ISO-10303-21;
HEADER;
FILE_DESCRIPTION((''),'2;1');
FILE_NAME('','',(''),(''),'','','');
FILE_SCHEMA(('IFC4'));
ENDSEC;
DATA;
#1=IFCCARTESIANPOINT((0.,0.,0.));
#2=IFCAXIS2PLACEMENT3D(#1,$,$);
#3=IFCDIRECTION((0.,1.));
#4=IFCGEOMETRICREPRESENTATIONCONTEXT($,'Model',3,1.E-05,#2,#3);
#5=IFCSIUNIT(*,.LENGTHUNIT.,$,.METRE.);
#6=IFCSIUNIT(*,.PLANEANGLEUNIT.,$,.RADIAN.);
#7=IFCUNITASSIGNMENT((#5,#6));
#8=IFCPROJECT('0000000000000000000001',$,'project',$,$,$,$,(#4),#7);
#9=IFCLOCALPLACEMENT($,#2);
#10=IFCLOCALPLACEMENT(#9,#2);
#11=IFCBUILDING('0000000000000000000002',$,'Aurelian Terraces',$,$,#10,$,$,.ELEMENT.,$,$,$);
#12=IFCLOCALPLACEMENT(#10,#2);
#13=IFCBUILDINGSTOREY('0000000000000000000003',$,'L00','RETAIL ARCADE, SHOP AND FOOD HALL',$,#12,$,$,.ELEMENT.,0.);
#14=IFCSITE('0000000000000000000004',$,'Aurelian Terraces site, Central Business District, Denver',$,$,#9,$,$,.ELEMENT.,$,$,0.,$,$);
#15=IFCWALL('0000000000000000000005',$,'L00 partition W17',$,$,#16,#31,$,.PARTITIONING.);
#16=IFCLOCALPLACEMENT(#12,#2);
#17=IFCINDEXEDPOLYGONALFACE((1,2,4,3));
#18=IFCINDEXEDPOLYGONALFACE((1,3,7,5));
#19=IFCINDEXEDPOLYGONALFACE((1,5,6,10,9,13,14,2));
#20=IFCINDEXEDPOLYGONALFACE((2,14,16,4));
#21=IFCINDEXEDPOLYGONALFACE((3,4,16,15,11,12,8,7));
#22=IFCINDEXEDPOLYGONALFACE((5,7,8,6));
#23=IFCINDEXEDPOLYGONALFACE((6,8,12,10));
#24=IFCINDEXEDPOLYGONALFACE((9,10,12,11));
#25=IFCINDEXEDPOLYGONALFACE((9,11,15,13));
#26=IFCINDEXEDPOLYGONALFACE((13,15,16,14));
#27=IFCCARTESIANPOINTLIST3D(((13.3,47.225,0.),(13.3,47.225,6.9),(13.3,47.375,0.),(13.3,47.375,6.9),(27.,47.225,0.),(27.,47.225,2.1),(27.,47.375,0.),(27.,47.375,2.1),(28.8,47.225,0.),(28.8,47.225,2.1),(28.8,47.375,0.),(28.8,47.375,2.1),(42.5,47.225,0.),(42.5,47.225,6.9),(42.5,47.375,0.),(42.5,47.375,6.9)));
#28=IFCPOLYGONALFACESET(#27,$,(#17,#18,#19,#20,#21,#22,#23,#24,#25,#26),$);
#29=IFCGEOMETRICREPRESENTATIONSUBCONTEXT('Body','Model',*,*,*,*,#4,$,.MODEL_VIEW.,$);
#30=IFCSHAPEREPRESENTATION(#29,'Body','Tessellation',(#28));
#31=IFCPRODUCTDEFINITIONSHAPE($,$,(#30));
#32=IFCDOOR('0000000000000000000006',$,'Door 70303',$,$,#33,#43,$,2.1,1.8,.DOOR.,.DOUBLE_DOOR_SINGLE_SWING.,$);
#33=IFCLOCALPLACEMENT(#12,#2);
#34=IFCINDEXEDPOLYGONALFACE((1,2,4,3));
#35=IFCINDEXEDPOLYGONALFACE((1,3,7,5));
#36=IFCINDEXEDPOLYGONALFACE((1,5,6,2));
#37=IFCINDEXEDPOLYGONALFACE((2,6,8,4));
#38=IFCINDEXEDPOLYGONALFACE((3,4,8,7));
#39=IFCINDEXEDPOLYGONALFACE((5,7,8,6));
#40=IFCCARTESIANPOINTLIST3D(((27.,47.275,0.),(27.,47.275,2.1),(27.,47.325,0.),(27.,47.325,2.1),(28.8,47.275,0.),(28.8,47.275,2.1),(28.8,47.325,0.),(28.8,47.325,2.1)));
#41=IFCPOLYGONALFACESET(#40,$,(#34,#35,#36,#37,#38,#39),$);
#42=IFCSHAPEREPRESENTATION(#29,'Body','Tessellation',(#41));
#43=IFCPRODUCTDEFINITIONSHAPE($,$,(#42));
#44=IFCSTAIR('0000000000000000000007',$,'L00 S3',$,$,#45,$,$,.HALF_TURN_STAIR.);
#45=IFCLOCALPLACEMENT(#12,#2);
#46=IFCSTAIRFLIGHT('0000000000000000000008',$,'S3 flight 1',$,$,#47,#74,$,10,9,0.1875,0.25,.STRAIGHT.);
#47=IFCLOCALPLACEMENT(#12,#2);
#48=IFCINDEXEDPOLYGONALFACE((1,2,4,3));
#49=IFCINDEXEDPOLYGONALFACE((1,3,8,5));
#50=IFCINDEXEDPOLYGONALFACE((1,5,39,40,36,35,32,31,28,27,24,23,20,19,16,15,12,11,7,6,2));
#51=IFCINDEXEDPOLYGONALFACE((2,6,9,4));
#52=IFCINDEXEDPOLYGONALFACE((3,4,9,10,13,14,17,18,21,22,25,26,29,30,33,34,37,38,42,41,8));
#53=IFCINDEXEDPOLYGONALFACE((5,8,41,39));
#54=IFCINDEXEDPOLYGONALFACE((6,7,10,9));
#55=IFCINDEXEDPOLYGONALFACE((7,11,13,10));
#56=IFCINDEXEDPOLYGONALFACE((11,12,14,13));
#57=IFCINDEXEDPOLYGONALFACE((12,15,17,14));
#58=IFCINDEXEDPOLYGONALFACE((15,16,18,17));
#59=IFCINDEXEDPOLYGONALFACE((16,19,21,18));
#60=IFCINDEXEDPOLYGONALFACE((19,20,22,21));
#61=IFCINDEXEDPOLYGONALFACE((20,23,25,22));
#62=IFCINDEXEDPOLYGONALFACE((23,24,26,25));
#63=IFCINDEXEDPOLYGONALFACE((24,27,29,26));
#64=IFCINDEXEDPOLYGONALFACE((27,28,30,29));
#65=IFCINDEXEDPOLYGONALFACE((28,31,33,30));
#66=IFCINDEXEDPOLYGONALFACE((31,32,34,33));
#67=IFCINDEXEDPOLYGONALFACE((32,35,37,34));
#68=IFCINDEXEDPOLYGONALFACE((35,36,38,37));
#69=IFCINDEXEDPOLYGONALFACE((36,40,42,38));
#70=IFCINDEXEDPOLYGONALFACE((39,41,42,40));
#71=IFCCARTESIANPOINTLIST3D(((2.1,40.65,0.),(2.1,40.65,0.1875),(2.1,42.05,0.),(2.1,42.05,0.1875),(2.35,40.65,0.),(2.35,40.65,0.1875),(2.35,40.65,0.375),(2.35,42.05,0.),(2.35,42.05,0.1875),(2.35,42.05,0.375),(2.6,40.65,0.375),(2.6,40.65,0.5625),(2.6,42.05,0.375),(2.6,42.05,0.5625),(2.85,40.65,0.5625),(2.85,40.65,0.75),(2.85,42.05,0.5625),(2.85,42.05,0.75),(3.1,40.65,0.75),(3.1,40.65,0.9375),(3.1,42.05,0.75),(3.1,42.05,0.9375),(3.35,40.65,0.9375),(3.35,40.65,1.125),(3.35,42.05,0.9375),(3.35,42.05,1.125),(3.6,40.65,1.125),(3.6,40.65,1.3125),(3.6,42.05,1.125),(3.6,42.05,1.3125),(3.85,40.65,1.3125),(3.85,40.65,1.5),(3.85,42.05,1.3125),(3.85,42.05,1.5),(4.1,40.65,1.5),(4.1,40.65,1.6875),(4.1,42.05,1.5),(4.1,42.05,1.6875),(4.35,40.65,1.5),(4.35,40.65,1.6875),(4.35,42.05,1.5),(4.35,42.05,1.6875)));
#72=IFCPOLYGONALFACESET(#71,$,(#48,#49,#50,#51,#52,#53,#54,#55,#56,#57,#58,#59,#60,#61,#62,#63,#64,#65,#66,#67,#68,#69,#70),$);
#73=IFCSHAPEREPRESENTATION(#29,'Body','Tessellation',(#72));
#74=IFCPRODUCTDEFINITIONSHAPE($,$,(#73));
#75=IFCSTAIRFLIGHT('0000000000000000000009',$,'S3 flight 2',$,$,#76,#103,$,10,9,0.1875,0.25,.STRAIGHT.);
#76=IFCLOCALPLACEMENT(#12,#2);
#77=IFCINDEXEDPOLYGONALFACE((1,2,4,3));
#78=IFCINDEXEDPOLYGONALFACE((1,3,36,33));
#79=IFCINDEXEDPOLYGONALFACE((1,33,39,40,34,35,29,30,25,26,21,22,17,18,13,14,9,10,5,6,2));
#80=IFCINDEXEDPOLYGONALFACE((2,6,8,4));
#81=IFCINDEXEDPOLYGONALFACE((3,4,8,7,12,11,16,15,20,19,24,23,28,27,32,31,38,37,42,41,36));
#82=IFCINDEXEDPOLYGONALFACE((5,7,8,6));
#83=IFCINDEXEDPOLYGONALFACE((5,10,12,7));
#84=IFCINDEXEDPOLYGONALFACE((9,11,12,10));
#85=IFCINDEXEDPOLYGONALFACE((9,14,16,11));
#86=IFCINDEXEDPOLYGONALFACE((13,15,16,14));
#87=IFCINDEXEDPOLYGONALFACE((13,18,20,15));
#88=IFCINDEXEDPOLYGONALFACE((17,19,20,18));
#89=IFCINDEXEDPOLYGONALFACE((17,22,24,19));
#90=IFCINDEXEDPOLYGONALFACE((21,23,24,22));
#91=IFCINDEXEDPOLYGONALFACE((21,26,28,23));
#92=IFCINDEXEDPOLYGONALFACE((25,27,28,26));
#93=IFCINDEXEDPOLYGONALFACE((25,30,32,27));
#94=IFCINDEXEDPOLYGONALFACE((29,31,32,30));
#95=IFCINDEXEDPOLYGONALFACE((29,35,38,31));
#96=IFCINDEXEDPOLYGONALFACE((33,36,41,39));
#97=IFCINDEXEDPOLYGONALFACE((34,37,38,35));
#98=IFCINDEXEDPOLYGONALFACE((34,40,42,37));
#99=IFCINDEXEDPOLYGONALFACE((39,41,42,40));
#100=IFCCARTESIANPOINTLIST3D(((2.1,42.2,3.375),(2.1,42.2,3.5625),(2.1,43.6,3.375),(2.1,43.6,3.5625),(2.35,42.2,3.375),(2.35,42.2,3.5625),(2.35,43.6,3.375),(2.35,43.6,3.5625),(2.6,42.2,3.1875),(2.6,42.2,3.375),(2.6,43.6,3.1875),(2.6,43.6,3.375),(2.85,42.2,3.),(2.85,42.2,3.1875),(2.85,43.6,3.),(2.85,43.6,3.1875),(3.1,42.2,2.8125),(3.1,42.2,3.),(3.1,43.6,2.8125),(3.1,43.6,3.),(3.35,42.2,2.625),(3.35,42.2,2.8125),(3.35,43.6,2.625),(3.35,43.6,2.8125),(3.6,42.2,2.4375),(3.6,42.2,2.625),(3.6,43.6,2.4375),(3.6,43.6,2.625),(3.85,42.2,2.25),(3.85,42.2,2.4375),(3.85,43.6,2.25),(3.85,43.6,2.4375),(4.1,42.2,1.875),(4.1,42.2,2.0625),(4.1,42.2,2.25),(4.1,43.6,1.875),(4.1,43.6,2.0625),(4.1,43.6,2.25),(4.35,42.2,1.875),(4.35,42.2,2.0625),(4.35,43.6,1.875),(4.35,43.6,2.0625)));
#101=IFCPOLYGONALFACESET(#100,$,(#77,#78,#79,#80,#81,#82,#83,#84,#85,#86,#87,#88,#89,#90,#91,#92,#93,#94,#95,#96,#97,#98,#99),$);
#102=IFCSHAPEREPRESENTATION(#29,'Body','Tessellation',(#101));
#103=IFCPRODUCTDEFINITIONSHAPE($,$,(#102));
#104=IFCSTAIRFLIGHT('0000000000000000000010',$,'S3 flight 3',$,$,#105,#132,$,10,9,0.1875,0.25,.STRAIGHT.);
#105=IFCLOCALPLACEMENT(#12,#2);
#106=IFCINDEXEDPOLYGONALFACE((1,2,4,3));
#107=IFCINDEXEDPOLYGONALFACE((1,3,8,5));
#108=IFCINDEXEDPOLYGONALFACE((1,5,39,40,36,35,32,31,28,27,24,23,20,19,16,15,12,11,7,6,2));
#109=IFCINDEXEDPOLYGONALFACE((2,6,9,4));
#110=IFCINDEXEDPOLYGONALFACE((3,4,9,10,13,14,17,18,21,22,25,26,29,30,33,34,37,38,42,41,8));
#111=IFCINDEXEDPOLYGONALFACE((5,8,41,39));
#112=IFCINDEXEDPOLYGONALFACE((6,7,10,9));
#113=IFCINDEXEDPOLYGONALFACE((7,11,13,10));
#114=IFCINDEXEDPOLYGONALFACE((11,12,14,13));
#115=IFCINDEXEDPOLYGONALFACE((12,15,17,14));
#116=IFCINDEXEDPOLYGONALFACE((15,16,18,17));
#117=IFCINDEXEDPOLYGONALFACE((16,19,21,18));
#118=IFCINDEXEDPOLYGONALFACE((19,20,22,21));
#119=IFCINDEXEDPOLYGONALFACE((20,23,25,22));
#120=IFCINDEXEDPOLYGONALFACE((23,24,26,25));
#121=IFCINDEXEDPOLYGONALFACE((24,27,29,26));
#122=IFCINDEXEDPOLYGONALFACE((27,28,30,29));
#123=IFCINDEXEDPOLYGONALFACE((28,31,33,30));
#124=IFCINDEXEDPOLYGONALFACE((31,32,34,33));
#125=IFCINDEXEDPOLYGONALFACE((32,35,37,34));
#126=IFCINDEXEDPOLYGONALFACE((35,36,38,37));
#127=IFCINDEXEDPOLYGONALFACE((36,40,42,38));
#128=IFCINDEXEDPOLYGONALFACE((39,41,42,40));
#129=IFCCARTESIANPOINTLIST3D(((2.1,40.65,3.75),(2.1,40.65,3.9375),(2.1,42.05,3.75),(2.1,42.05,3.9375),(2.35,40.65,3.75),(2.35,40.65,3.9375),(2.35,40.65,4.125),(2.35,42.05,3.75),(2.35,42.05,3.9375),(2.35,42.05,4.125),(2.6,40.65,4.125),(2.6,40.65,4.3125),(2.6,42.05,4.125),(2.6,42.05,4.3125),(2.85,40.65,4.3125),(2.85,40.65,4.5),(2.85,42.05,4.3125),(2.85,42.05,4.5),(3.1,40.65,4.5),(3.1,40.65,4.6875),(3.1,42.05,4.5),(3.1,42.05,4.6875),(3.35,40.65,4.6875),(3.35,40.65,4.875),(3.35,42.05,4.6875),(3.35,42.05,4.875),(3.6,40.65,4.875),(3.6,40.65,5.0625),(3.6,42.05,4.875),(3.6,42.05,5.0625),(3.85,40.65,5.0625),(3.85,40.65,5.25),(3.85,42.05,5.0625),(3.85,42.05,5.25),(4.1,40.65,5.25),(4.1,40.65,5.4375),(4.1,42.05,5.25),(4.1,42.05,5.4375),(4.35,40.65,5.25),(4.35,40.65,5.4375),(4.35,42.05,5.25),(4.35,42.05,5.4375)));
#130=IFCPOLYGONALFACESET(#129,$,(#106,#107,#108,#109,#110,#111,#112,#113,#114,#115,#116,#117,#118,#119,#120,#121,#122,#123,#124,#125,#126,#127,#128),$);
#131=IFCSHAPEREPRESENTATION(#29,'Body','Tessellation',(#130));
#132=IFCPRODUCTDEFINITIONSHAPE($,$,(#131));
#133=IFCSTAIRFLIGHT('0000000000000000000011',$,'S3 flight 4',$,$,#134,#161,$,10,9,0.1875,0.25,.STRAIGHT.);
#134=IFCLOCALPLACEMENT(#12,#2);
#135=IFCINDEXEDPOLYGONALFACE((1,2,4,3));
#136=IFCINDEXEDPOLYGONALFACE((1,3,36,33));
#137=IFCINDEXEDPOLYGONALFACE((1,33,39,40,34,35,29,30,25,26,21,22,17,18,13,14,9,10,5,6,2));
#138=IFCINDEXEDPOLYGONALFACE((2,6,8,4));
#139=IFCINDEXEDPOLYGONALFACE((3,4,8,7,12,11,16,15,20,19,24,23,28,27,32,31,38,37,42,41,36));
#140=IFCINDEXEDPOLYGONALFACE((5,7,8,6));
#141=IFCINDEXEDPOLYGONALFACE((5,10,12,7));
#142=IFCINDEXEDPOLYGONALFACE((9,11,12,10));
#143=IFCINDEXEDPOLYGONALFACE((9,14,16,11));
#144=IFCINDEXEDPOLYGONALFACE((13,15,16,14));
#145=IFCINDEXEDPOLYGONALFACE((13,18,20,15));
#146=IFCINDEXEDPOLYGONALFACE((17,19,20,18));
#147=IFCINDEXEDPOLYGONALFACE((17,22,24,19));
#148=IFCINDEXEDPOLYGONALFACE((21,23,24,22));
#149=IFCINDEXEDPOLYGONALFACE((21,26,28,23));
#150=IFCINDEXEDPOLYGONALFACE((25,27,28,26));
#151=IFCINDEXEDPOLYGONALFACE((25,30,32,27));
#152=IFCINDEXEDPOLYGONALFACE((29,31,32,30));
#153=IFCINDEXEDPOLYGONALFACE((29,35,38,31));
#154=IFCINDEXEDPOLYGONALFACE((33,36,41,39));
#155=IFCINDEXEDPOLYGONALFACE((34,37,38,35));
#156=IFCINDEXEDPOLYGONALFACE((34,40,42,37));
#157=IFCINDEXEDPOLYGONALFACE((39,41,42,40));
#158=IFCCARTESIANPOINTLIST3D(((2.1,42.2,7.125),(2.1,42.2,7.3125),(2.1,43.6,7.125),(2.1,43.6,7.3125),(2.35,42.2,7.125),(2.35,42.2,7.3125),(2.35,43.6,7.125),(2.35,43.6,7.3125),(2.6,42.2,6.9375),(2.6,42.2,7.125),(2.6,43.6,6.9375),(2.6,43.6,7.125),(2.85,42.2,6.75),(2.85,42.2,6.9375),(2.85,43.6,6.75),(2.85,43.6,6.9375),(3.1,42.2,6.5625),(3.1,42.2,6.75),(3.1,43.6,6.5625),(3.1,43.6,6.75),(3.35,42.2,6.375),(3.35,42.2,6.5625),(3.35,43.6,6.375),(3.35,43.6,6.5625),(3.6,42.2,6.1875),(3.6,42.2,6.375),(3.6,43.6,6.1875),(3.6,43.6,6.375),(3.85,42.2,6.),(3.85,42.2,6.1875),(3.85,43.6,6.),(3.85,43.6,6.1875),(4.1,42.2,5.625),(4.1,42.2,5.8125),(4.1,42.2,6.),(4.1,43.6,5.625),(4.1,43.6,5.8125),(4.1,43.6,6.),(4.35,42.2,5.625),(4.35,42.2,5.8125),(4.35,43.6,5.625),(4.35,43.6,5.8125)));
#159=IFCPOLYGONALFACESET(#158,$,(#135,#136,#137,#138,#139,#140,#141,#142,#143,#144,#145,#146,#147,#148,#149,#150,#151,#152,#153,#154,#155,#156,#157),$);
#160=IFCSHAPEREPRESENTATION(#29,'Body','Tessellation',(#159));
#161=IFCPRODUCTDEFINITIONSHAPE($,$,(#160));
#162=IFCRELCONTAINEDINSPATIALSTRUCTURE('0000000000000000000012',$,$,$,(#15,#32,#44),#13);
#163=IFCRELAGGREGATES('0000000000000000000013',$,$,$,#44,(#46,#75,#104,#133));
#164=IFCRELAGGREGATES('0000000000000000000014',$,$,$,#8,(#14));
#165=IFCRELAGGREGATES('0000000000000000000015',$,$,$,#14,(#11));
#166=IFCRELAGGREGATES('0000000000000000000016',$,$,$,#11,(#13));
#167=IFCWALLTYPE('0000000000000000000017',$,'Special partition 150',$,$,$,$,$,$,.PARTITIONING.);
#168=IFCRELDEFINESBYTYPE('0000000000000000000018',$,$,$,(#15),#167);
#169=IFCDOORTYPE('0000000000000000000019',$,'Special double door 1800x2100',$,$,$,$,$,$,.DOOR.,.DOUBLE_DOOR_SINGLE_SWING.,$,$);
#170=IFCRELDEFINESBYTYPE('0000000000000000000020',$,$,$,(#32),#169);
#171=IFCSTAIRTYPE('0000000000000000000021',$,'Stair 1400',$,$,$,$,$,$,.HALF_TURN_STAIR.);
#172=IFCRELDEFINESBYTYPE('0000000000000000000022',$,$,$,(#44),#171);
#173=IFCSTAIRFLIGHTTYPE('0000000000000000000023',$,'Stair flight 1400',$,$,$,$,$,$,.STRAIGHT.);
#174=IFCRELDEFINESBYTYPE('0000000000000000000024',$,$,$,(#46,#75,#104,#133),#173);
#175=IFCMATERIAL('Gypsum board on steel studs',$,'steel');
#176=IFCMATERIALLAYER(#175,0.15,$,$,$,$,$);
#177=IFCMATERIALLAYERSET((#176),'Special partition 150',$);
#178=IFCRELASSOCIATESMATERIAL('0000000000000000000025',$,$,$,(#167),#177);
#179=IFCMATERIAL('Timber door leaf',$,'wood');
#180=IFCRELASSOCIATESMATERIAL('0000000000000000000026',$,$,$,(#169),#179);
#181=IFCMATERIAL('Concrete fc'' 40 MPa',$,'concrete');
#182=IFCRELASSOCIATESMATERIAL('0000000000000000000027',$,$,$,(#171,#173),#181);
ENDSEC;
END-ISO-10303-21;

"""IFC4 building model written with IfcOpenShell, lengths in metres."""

from ifc_helpers import new_model, si_unit, direction, frame, frame_2d, origin, place, context, subcontext, project, spatial, polyline, rectangle, outline, extrude, source, transform, mapped, material, layer, layer_set, type_object, element, fill, aggregate, save


model = new_model("IFC4")

# Units and contexts
model_context = context("Model", 3, precision=1e-05, world=origin(), true_north=direction((0.0, 1.0)))
body_context = subcontext(model_context, "Body", "Model", "MODEL_VIEW")
ifc_project = project(units=[si_unit("LENGTHUNIT", "METRE"), si_unit("PLANEANGLEUNIT", "RADIAN")], contexts=[model_context])

# Site, building, storey
site_placement = place(None, origin())
site = spatial("IfcSite", under=ifc_project, at=site_placement, Name="Aurelian Terraces site, Central Business District, Denver", CompositionType="ELEMENT", RefElevation=0.0)
building_placement = place(site_placement, origin())
building = spatial("IfcBuilding", under=site, at=building_placement, Name="Aurelian Terraces", CompositionType="ELEMENT")
storey_placement = place(building_placement, origin())
storey = spatial("IfcBuildingStorey", under=building, at=storey_placement, Name="L00", Description="RETAIL ARCADE, SHOP AND FOOD HALL", CompositionType="ELEMENT", Elevation=0.0)

# Shared definitions
ifc_material_1 = material(Name="Gypsum board on steel studs", Category="steel")
ifc_layer_1 = layer(ifc_material_1, 0.15)
ifc_layer_set_1 = layer_set([ifc_layer_1], Name="Special partition 150")
wall_type_1 = type_object("IfcWallType", Name="Special partition 150", PredefinedType="PARTITIONING", material=ifc_layer_set_1)

# Shared definitions
shared_shape_1 = source(origin(), body_context, "Body", "SweptSolid", [
    extrude(rectangle(XDim=1.8, YDim=2.1, at=frame_2d((0.9, 1.05))), frame((0.0, 0.085, 0.0), z_axis=(0.0, -1.0, 0.0), x_axis=(1.0, 0.0, 0.0)), (0.0, 0.0, 1.0), 0.17),
])
ifc_material_2 = material(Name="Timber door leaf", Category="wood")
door_type_1 = type_object("IfcDoorType", Name="Special double door 1800x2100", OperationType="DOUBLE_DOOR_SINGLE_SWING", PredefinedType="DOOR", material=ifc_material_2)
shared_shape_2 = source(origin(), body_context, "Body", "SweptSolid", [
    extrude(rectangle(XDim=1.8, YDim=2.1, at=frame_2d((0.9, 1.05))), frame((0.0, 0.025, 0.0), z_axis=(0.0, -1.0, 0.0), x_axis=(1.0, 0.0, 0.0)), (0.0, 0.0, 1.0), 0.05),
])

# Shared definitions
ifc_material_3 = material(Name="Concrete fc' 40 MPa", Category="concrete")

# Wall, opening, door
shared_shape_3 = source(origin(), body_context, "Body", "SweptSolid", [
    extrude(rectangle(XDim=29.2, YDim=0.15, at=frame_2d((14.6, 0.0))), origin(), (0.0, 0.0, 1.0), 6.9),
])
wall_1_placement = place(storey_placement, frame((13.3, 47.3, 0.0), z_axis=(0.0, 0.0, 1.0), x_axis=(1.0, 0.0, 0.0)))
wall_1 = element("IfcWall", 1, at=wall_1_placement, inside=storey, type_object=wall_type_1, Name="L00 partition W17", PredefinedType="PARTITIONING", context=body_context, shape_type="MappedRepresentation", body=[
    mapped(shared_shape_3, transform((0.0, 0.0, 0.0), scale=1.0)),
])
opening_1_placement = place(wall_1_placement, frame((13.7, 0.0, 0.0)))
opening_1 = element("IfcOpeningElement", 2, at=opening_1_placement, cuts=wall_1, PredefinedType="OPENING", context=body_context, shape_type="MappedRepresentation", body=[
    mapped(shared_shape_1, transform((0.0, 0.0, 0.0), scale=1.0)),
])
door_1_placement = place(opening_1_placement, origin())
door_1 = element("IfcDoor", 3, at=door_1_placement, inside=storey, type_object=door_type_1, Name="Door 70303", OperationType="DOUBLE_DOOR_SINGLE_SWING", OverallHeight=2.1, OverallWidth=1.8, PredefinedType="DOOR", context=body_context, shape_type="MappedRepresentation", body=[
    mapped(shared_shape_2, transform((0.0, 0.0, 0.0), scale=1.0)),
])
fill(opening_1, door_1)

# Stair, stair flights
stair_type = type_object("IfcStairType", Name="Stair 1400", PredefinedType="HALF_TURN_STAIR", material=ifc_material_3)
stair_placement = place(storey_placement, origin())
stair = element("IfcStair", 4, at=stair_placement, inside=storey, type_object=stair_type, Name="L00 S3", PredefinedType="HALF_TURN_STAIR")
stair_flight_type = type_object("IfcStairFlightType", Name="Stair flight 1400", PredefinedType="STRAIGHT", material=ifc_material_3)
shared_shape_4 = source(origin(), body_context, "Body", "SweptSolid", [
    extrude(outline(polyline([(0.0, 0.0), (0.0, 0.1875), (0.25, 0.1875), (0.25, 0.375), (0.5, 0.375), (0.5, 0.5625), (0.75, 0.5625), (0.75, 0.75), (1.0, 0.75), (1.0, 0.9375), (1.25, 0.9375), (1.25, 1.125), (1.5, 1.125), (1.5, 1.3125), (1.75, 1.3125), (1.75, 1.5), (2.0, 1.5), (2.0, 1.6875), (2.25, 1.6875), (2.25, 1.875), (2.25, 1.5), (0.25, 0.0), (0.0, 0.0)])), frame((0.0, 0.7, 0.0), z_axis=(0.0, -1.0, 0.0), x_axis=(1.0, 0.0, 0.0)), (0.0, 0.0, 1.0), 1.4),
])
stair_flight_1_placement = place(storey_placement, frame((2.1, 41.35, 0.0), z_axis=(0.0, 0.0, 1.0), x_axis=(1.0, 0.0, 0.0)))
stair_flight_1 = element("IfcStairFlight", 5, at=stair_flight_1_placement, type_object=stair_flight_type, Name="S3 flight 1", NumberOfRisers=10, NumberOfTreads=9, PredefinedType="STRAIGHT", RiserHeight=0.1875, TreadLength=0.25, context=body_context, shape_type="MappedRepresentation", body=[
    mapped(shared_shape_4, transform((0.0, 0.0, 0.0), scale=1.0)),
])
stair_flight_2_placement = place(storey_placement, frame((4.35, 42.9, 1.875), z_axis=(0.0, 0.0, 1.0), x_axis=(-1.0, 0.0, 0.0)))
stair_flight_2 = element("IfcStairFlight", 6, at=stair_flight_2_placement, type_object=stair_flight_type, Name="S3 flight 2", NumberOfRisers=10, NumberOfTreads=9, PredefinedType="STRAIGHT", RiserHeight=0.1875, TreadLength=0.25, context=body_context, shape_type="MappedRepresentation", body=[
    mapped(shared_shape_4, transform((0.0, 0.0, 0.0), scale=1.0)),
])
stair_flight_3_placement = place(storey_placement, frame((2.1, 41.35, 3.75), z_axis=(0.0, 0.0, 1.0), x_axis=(1.0, 0.0, 0.0)))
stair_flight_3 = element("IfcStairFlight", 7, at=stair_flight_3_placement, type_object=stair_flight_type, Name="S3 flight 3", NumberOfRisers=10, NumberOfTreads=9, PredefinedType="STRAIGHT", RiserHeight=0.1875, TreadLength=0.25, context=body_context, shape_type="MappedRepresentation", body=[
    mapped(shared_shape_4, transform((0.0, 0.0, 0.0), scale=1.0)),
])
stair_flight_4_placement = place(storey_placement, frame((4.35, 42.9, 5.625), z_axis=(0.0, 0.0, 1.0), x_axis=(-1.0, 0.0, 0.0)))
stair_flight_4 = element("IfcStairFlight", 8, at=stair_flight_4_placement, type_object=stair_flight_type, Name="S3 flight 4", NumberOfRisers=10, NumberOfTreads=9, PredefinedType="STRAIGHT", RiserHeight=0.1875, TreadLength=0.25, context=body_context, shape_type="MappedRepresentation", body=[
    mapped(shared_shape_4, transform((0.0, 0.0, 0.0), scale=1.0)),
])
aggregate(stair, [stair_flight_1, stair_flight_2, stair_flight_3, stair_flight_4])

save(model, "model.ifc")
